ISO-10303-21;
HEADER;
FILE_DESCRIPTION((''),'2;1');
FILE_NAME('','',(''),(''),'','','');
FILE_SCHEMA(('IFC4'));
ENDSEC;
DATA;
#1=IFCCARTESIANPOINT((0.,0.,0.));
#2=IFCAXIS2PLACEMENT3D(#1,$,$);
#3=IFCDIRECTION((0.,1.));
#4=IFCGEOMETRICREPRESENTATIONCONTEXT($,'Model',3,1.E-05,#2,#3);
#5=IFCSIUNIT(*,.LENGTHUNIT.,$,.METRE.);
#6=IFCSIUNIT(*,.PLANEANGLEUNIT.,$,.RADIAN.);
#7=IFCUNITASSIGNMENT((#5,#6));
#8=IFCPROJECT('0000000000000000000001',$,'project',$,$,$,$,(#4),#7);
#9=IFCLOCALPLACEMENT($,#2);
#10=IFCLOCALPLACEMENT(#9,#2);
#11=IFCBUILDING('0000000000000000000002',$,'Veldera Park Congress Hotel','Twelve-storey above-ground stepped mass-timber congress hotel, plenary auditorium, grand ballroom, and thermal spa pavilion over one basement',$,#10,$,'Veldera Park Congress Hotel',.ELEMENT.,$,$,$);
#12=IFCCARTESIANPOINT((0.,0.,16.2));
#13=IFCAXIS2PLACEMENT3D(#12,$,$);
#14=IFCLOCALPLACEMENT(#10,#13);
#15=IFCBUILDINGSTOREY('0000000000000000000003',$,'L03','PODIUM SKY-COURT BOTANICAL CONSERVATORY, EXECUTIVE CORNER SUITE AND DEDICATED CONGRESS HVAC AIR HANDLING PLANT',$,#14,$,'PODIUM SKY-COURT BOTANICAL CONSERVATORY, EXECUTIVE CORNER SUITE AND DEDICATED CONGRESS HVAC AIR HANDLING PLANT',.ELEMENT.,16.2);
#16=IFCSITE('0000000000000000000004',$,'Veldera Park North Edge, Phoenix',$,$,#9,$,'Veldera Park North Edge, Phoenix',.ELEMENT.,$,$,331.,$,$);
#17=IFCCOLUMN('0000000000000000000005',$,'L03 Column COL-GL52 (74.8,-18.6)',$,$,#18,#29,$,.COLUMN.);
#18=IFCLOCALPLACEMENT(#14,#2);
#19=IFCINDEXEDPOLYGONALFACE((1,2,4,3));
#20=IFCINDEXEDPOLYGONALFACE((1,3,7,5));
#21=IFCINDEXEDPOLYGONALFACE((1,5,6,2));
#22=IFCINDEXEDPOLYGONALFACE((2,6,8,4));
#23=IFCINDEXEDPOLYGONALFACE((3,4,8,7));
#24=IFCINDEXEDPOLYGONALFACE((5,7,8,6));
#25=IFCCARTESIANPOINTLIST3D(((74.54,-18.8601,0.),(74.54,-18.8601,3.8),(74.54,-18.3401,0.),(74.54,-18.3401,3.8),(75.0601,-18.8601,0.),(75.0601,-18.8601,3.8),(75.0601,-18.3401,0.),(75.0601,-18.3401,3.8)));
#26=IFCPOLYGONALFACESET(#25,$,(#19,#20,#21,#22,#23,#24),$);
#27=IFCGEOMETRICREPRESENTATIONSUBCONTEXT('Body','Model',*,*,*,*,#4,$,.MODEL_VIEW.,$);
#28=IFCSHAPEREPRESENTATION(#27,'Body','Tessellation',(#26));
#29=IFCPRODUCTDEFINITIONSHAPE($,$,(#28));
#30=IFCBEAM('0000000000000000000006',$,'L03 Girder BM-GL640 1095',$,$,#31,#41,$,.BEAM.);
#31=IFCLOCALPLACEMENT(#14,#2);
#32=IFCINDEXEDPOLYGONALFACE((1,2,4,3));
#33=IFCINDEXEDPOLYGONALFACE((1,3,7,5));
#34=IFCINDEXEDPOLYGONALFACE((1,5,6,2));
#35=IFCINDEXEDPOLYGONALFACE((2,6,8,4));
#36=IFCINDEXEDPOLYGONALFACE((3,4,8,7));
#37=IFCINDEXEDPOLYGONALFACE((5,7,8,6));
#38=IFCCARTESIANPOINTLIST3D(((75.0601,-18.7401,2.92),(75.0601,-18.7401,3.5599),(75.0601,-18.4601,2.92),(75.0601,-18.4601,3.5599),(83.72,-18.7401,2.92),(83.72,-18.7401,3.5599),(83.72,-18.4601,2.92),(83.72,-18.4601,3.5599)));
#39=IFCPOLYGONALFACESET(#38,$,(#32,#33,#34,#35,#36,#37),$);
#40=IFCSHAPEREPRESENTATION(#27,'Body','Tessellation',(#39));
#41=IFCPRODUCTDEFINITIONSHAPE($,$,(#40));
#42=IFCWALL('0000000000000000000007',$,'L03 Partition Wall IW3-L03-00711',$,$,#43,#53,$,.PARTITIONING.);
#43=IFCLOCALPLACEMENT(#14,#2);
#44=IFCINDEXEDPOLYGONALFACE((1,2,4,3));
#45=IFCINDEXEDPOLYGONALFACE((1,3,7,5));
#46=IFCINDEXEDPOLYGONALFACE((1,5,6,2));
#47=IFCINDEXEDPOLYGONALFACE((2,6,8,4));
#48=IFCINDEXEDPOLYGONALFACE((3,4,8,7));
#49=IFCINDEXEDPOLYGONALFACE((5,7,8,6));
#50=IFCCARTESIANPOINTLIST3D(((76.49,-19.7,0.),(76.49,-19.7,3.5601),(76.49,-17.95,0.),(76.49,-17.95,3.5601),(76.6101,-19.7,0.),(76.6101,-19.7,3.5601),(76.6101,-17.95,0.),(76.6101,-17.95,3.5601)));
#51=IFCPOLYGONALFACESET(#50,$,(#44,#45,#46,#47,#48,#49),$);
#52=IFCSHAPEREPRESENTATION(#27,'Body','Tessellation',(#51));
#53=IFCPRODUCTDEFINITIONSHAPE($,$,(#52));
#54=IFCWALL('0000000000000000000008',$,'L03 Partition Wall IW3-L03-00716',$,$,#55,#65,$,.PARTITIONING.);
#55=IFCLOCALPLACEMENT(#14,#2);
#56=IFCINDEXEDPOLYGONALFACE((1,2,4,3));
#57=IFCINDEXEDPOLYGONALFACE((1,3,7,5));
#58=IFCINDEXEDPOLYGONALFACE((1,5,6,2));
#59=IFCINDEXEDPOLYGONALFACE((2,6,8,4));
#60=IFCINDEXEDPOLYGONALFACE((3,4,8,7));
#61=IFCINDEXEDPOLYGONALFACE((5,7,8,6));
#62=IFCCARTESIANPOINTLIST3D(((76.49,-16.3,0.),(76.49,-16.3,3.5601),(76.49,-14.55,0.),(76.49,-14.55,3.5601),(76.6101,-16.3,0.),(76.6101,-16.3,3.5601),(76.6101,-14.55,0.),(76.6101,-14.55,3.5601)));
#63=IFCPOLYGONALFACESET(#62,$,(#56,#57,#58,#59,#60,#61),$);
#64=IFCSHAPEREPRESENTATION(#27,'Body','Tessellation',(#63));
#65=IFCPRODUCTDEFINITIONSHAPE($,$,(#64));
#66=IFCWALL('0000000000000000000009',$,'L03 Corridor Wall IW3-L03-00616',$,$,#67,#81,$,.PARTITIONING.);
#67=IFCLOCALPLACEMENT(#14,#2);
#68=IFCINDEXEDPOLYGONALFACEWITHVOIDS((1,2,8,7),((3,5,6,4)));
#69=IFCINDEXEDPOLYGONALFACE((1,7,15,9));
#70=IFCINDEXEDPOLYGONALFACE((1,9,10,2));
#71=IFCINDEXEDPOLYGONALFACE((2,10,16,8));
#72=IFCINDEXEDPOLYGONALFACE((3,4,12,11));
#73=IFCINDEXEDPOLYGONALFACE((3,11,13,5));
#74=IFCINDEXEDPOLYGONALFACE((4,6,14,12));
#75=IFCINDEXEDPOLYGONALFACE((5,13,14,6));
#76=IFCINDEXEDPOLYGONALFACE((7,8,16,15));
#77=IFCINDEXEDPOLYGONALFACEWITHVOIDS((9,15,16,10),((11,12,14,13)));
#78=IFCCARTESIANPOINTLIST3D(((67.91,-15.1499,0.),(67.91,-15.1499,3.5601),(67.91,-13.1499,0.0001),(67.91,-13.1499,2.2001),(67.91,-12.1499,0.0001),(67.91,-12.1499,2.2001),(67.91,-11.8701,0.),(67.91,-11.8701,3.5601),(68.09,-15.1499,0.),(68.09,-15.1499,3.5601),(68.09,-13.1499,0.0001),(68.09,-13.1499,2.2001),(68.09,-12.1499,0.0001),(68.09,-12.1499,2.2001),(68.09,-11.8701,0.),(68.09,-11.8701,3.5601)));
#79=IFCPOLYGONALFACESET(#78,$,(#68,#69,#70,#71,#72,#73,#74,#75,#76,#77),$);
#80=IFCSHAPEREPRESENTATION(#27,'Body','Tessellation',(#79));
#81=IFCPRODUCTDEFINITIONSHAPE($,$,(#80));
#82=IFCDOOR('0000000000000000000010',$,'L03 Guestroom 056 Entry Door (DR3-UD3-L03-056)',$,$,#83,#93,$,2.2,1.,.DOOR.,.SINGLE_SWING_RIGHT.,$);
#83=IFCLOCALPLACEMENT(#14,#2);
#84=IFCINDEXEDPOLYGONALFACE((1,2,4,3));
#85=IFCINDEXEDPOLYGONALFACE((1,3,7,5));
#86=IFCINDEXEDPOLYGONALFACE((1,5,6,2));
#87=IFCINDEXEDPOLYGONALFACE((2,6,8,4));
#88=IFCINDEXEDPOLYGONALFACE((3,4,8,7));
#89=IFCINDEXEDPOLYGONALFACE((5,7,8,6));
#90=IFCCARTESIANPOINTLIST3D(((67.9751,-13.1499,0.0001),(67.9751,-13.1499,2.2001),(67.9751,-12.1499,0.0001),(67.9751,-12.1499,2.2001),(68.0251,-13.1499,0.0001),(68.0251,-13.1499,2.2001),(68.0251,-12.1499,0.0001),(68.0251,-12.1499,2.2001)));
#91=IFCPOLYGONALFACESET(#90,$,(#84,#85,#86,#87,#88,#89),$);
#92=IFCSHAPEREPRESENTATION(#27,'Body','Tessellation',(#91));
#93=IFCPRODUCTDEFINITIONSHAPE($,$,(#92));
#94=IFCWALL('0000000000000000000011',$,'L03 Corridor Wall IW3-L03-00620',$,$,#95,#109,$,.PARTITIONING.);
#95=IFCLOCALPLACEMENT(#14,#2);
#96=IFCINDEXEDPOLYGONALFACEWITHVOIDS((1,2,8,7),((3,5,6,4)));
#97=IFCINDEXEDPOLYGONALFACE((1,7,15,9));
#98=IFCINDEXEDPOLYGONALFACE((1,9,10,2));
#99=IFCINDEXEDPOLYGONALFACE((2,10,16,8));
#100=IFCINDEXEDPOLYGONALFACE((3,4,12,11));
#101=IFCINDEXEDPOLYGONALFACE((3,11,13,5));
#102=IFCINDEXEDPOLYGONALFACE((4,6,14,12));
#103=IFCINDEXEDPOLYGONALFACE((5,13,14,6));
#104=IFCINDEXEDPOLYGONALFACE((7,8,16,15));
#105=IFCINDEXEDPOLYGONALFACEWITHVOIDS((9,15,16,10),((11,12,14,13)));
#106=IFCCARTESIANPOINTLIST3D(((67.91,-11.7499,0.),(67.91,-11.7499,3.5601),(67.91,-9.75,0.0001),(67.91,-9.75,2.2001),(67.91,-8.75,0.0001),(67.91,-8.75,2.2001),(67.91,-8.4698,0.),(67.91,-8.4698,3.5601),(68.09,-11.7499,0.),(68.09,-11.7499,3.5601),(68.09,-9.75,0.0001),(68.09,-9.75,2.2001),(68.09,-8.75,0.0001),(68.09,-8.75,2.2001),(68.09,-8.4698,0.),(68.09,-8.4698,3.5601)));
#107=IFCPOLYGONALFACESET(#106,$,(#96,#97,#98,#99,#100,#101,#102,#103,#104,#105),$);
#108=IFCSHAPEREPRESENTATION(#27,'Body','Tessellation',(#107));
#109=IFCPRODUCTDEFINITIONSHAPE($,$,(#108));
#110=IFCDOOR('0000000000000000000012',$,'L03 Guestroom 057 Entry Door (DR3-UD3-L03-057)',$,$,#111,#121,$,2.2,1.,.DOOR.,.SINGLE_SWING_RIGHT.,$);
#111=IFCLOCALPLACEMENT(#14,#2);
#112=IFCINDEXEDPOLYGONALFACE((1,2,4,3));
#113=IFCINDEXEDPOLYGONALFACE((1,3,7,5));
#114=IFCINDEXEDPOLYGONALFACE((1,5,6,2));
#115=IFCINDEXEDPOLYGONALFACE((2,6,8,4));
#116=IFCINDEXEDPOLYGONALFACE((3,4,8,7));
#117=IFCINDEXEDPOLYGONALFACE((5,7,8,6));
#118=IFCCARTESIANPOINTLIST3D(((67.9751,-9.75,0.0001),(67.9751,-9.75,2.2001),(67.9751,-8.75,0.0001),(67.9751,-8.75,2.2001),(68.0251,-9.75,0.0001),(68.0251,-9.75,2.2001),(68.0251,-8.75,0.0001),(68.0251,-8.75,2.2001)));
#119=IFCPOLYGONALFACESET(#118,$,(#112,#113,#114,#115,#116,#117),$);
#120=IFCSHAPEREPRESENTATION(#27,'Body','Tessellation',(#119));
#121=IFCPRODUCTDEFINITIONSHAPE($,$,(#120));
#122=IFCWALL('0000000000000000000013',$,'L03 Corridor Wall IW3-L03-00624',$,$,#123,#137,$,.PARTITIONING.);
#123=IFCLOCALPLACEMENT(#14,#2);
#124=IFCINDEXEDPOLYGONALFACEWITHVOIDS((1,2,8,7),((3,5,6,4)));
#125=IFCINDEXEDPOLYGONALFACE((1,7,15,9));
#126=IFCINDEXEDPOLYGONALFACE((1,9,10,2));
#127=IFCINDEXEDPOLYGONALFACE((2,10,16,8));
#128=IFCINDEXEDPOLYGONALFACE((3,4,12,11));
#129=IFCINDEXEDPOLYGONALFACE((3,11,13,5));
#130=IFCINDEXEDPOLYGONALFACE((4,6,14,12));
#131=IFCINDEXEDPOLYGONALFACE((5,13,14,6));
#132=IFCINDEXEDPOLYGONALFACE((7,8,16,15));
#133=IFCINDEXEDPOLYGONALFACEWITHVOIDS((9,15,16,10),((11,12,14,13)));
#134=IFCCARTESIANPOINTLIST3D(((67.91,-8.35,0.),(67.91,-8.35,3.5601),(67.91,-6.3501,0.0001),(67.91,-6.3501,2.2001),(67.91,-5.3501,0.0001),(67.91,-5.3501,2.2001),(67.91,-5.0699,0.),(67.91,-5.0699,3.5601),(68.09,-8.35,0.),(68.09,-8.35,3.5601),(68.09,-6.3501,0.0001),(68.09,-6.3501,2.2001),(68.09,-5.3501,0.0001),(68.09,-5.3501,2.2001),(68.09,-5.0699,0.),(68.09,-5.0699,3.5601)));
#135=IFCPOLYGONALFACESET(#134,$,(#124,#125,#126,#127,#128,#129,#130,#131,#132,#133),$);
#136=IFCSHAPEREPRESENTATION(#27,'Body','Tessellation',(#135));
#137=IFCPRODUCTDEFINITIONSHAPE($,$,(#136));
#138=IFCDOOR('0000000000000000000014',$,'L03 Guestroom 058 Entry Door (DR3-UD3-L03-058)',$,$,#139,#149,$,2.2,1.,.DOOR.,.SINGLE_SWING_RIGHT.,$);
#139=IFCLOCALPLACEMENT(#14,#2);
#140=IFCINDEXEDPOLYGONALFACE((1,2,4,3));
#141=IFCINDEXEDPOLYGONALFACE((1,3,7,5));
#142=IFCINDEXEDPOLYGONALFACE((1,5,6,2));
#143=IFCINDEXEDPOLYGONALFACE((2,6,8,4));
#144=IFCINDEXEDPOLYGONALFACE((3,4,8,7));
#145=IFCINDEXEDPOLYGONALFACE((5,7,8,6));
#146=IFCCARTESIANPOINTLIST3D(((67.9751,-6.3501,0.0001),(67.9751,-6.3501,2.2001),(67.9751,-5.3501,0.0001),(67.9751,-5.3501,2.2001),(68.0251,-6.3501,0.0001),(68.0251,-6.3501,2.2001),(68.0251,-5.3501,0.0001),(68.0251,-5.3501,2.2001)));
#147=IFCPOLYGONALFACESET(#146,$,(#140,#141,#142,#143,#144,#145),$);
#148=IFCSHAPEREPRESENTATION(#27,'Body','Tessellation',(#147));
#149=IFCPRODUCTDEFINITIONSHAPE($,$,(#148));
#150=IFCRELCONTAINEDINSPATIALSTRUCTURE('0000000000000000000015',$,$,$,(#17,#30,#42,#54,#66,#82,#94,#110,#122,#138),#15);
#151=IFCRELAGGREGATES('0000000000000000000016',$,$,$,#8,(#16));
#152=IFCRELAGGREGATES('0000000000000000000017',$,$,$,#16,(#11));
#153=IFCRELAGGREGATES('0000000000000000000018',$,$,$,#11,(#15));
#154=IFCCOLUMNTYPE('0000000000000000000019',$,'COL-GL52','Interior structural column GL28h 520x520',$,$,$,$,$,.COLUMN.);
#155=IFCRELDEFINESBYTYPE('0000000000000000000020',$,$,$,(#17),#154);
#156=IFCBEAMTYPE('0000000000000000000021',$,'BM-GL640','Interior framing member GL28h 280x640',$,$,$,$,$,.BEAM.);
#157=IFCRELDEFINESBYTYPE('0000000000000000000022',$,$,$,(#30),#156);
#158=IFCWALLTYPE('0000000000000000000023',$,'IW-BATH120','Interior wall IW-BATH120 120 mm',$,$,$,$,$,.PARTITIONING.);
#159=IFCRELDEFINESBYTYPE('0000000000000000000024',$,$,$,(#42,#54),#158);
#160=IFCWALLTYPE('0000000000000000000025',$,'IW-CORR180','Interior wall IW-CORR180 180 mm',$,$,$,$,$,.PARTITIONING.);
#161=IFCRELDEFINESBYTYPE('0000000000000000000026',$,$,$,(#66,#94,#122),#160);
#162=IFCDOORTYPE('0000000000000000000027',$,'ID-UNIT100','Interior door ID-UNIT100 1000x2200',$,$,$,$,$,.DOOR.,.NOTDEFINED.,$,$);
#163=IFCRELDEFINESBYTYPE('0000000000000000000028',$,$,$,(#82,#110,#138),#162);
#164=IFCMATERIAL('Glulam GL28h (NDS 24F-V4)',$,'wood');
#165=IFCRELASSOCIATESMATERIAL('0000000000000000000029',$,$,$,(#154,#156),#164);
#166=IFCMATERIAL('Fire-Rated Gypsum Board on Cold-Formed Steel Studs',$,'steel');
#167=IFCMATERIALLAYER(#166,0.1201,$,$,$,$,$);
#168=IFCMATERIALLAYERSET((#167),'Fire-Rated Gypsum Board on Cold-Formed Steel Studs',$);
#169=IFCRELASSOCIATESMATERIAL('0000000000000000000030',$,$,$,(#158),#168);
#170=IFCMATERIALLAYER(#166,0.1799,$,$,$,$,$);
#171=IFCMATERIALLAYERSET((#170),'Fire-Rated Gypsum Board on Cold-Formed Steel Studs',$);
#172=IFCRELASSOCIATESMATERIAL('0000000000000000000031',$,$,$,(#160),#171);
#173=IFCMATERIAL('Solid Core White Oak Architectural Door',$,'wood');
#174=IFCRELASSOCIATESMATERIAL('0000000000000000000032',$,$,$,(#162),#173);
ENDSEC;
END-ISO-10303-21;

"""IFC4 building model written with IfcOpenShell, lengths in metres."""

from ifc_helpers import new_model, si_unit, direction, frame, frame_2d, origin, origin_2d, place, context, subcontext, project, spatial, rectangle, extrude, material, layer, layer_set, material_profile, profile_set, type_object, element, fill, save


model = new_model("IFC4")

# Units and contexts
model_context = context("Model", 3, precision=1e-05, world=origin(), true_north=direction((0.0, 1.0)))
body_context = subcontext(model_context, "Body", "Model", "MODEL_VIEW")
ifc_project = project(units=[si_unit("LENGTHUNIT", "METRE"), si_unit("PLANEANGLEUNIT", "RADIAN")], contexts=[model_context])

# Site, building, storey
site_placement = place(None, origin())
site = spatial("IfcSite", under=ifc_project, at=site_placement, Name="Veldera Park North Edge, Phoenix", LongName="Veldera Park North Edge, Phoenix", CompositionType="ELEMENT", RefElevation=331.0)
building_placement = place(site_placement, origin())
building = spatial("IfcBuilding", under=site, at=building_placement, Name="Veldera Park Congress Hotel", Description="Twelve-storey above-ground stepped mass-timber congress hotel, plenary auditorium, grand ballroom, and thermal spa pavilion over one basement", LongName="Veldera Park Congress Hotel", CompositionType="ELEMENT")
storey_placement = place(building_placement, frame((0.0, 0.0, 16.2)))
storey = spatial("IfcBuildingStorey", under=building, at=storey_placement, Name="L03", Description="PODIUM SKY-COURT BOTANICAL CONSERVATORY, EXECUTIVE CORNER SUITE AND DEDICATED CONGRESS HVAC AIR HANDLING PLANT", LongName="PODIUM SKY-COURT BOTANICAL CONSERVATORY, EXECUTIVE CORNER SUITE AND DEDICATED CONGRESS HVAC AIR HANDLING PLANT", CompositionType="ELEMENT", Elevation=16.2)

# Column
ifc_material_1 = material(Name="Glulam GL28h (NDS 24F-V4)", Category="wood")
ifc_material_profile_1 = material_profile(ifc_material_1, rectangle(XDim=0.52, YDim=0.52, at=origin_2d()), Name="GL28h 520x520")
ifc_profile_set_1 = profile_set([ifc_material_profile_1], Name="Glulam GL28h (NDS 24F-V4)")
column_type = type_object("IfcColumnType", Name="COL-GL52", Description="Interior structural column GL28h 520x520", PredefinedType="COLUMN", material=ifc_profile_set_1)
column_placement = place(storey_placement, frame((74.8, -18.6001, 0.0), z_axis=(0.0, 0.0, 1.0), x_axis=(1.0, 0.0, 0.0)))
element("IfcColumn", 1, at=column_placement, inside=storey, type_object=column_type, Name="L03 Column COL-GL52 (74.8,-18.6)", PredefinedType="COLUMN", context=body_context, shape_type="SweptSolid", body=[
    extrude(rectangle(XDim=0.52, YDim=0.52, at=origin_2d()), origin(), (0.0, 0.0, 1.0), 3.8),
])

# Beam
ifc_material_profile_2 = material_profile(ifc_material_1, rectangle(XDim=0.28, YDim=0.6399, at=origin_2d()), Name="GL28h 280x640")
ifc_profile_set_2 = profile_set([ifc_material_profile_2], Name="Glulam GL28h (NDS 24F-V4)")
beam_type = type_object("IfcBeamType", Name="BM-GL640", Description="Interior framing member GL28h 280x640", PredefinedType="BEAM", material=ifc_profile_set_2)
beam_placement = place(storey_placement, frame((75.0601, -18.6001, 3.24), z_axis=(1.0, 0.0, 0.0), x_axis=(0.0, 1.0, 0.0)))
element("IfcBeam", 2, at=beam_placement, inside=storey, type_object=beam_type, Name="L03 Girder BM-GL640 1095", PredefinedType="BEAM", context=body_context, shape_type="SweptSolid", body=[
    extrude(rectangle(XDim=0.28, YDim=0.6399, at=origin_2d()), origin(), (0.0, 0.0, 1.0), 8.6599),
])

# Wall
ifc_material_2 = material(Name="Fire-Rated Gypsum Board on Cold-Formed Steel Studs", Category="steel")
ifc_layer_1 = layer(ifc_material_2, 0.1201)
ifc_layer_set_1 = layer_set([ifc_layer_1], Name="Fire-Rated Gypsum Board on Cold-Formed Steel Studs")
wall_type_1 = type_object("IfcWallType", Name="IW-BATH120", Description="Interior wall IW-BATH120 120 mm", PredefinedType="PARTITIONING", material=ifc_layer_set_1)
wall_1_placement = place(storey_placement, frame((76.55, -19.7, 0.0), z_axis=(0.0, 0.0, 1.0), x_axis=(0.0, 1.0, 0.0)))
element("IfcWall", 3, at=wall_1_placement, inside=storey, type_object=wall_type_1, Name="L03 Partition Wall IW3-L03-00711", PredefinedType="PARTITIONING", context=body_context, shape_type="SweptSolid", body=[
    extrude(rectangle(XDim=1.75, YDim=0.1201, at=frame_2d((0.875, 0.0))), origin(), (0.0, 0.0, 1.0), 3.5601),
])

# Shared definitions
ifc_material_3 = material(Name="Solid Core White Oak Architectural Door", Category="wood")

# Wall
wall_2_placement = place(storey_placement, frame((76.55, -16.3, 0.0), z_axis=(0.0, 0.0, 1.0), x_axis=(0.0, 1.0, 0.0)))
element("IfcWall", 4, at=wall_2_placement, inside=storey, type_object=wall_type_1, Name="L03 Partition Wall IW3-L03-00716", PredefinedType="PARTITIONING", context=body_context, shape_type="SweptSolid", body=[
    extrude(rectangle(XDim=1.75, YDim=0.1201, at=frame_2d((0.875, 0.0))), origin(), (0.0, 0.0, 1.0), 3.5601),
])

# Walls, openings, doors
ifc_layer_2 = layer(ifc_material_2, 0.1799)
ifc_layer_set_2 = layer_set([ifc_layer_2], Name="Fire-Rated Gypsum Board on Cold-Formed Steel Studs")
wall_type_2 = type_object("IfcWallType", Name="IW-CORR180", Description="Interior wall IW-CORR180 180 mm", PredefinedType="PARTITIONING", material=ifc_layer_set_2)
wall_3_placement = place(storey_placement, frame((68.0, -15.1499, 0.0), z_axis=(0.0, 0.0, 1.0), x_axis=(0.0, 1.0, 0.0)))
wall_3 = element("IfcWall", 5, at=wall_3_placement, inside=storey, type_object=wall_type_2, Name="L03 Corridor Wall IW3-L03-00616", PredefinedType="PARTITIONING", context=body_context, shape_type="SweptSolid", body=[
    extrude(rectangle(XDim=3.2798, YDim=0.1799, at=frame_2d((1.6399, 0.0))), origin(), (0.0, 0.0, 1.0), 3.5601),
])
opening_1_placement = place(wall_3_placement, frame((2.0, 0.0, 0.0)))
opening_1 = element("IfcOpeningElement", 6, at=opening_1_placement, cuts=wall_3, PredefinedType="OPENING", context=body_context, shape_type="SweptSolid", body=[
    extrude(rectangle(XDim=1.0, YDim=2.2, at=frame_2d((0.5, 1.1001))), frame((0.0, 0.1021, 0.0), z_axis=(0.0, -1.0, 0.0), x_axis=(1.0, 0.0, 0.0)), (0.0, 0.0, 1.0), 0.2039),
])
door_type_1 = type_object("IfcDoorType", Name="ID-UNIT100", Description="Interior door ID-UNIT100 1000x2200", OperationType="NOTDEFINED", PredefinedType="DOOR", material=ifc_material_3)
door_1_placement = place(opening_1_placement, origin())
door_1 = element("IfcDoor", 7, at=door_1_placement, inside=storey, type_object=door_type_1, Name="L03 Guestroom 056 Entry Door (DR3-UD3-L03-056)", OperationType="SINGLE_SWING_RIGHT", OverallHeight=2.2, OverallWidth=1.0, PredefinedType="DOOR", context=body_context, shape_type="SweptSolid", body=[
    extrude(rectangle(XDim=1.0, YDim=2.2, at=frame_2d((0.5, 1.1001))), frame((0.0, 0.0249, 0.0), z_axis=(0.0, -1.0, 0.0), x_axis=(1.0, 0.0, 0.0)), (0.0, 0.0, 1.0), 0.05),
])
fill(opening_1, door_1)
wall_4_placement = place(storey_placement, frame((68.0, -11.75, 0.0), z_axis=(0.0, 0.0, 1.0), x_axis=(0.0, 1.0, 0.0)))
wall_4 = element("IfcWall", 8, at=wall_4_placement, inside=storey, type_object=wall_type_2, Name="L03 Corridor Wall IW3-L03-00620", PredefinedType="PARTITIONING", context=body_context, shape_type="SweptSolid", body=[
    extrude(rectangle(XDim=3.28, YDim=0.1799, at=frame_2d((1.6401, 0.0))), origin(), (0.0, 0.0, 1.0), 3.5601),
])
opening_2_placement = place(wall_4_placement, frame((2.0, 0.0, 0.0)))
opening_2 = element("IfcOpeningElement", 9, at=opening_2_placement, cuts=wall_4, PredefinedType="OPENING", context=body_context, shape_type="SweptSolid", body=[
    extrude(rectangle(XDim=1.0, YDim=2.2, at=frame_2d((0.5, 1.1001))), frame((0.0, 0.1021, 0.0), z_axis=(0.0, -1.0, 0.0), x_axis=(1.0, 0.0, 0.0)), (0.0, 0.0, 1.0), 0.2039),
])
door_2_placement = place(opening_2_placement, origin())
door_2 = element("IfcDoor", 10, at=door_2_placement, inside=storey, type_object=door_type_1, Name="L03 Guestroom 057 Entry Door (DR3-UD3-L03-057)", OperationType="SINGLE_SWING_RIGHT", OverallHeight=2.2, OverallWidth=1.0, PredefinedType="DOOR", context=body_context, shape_type="SweptSolid", body=[
    extrude(rectangle(XDim=1.0, YDim=2.2, at=frame_2d((0.5, 1.1001))), frame((0.0, 0.0249, 0.0), z_axis=(0.0, -1.0, 0.0), x_axis=(1.0, 0.0, 0.0)), (0.0, 0.0, 1.0), 0.05),
])
fill(opening_2, door_2)
wall_5_placement = place(storey_placement, frame((68.0, -8.3501, 0.0), z_axis=(0.0, 0.0, 1.0), x_axis=(0.0, 1.0, 0.0)))
wall_5 = element("IfcWall", 11, at=wall_5_placement, inside=storey, type_object=wall_type_2, Name="L03 Corridor Wall IW3-L03-00624", PredefinedType="PARTITIONING", context=body_context, shape_type="SweptSolid", body=[
    extrude(rectangle(XDim=3.28, YDim=0.1799, at=frame_2d((1.6401, 0.0))), origin(), (0.0, 0.0, 1.0), 3.5601),
])
opening_3_placement = place(wall_5_placement, frame((2.0, 0.0, 0.0)))
opening_3 = element("IfcOpeningElement", 12, at=opening_3_placement, cuts=wall_5, PredefinedType="OPENING", context=body_context, shape_type="SweptSolid", body=[
    extrude(rectangle(XDim=1.0, YDim=2.2, at=frame_2d((0.5, 1.1001))), frame((0.0, 0.1021, 0.0), z_axis=(0.0, -1.0, 0.0), x_axis=(1.0, 0.0, 0.0)), (0.0, 0.0, 1.0), 0.2039),
])
door_3_placement = place(opening_3_placement, origin())
door_3 = element("IfcDoor", 13, at=door_3_placement, inside=storey, type_object=door_type_1, Name="L03 Guestroom 058 Entry Door (DR3-UD3-L03-058)", OperationType="SINGLE_SWING_RIGHT", OverallHeight=2.2, OverallWidth=1.0, PredefinedType="DOOR", context=body_context, shape_type="SweptSolid", body=[
    extrude(rectangle(XDim=1.0, YDim=2.2, at=frame_2d((0.5, 1.1001))), frame((0.0, 0.0249, 0.0), z_axis=(0.0, -1.0, 0.0), x_axis=(1.0, 0.0, 0.0)), (0.0, 0.0, 1.0), 0.05),
])
fill(opening_3, door_3)

save(model, "model.ifc")
